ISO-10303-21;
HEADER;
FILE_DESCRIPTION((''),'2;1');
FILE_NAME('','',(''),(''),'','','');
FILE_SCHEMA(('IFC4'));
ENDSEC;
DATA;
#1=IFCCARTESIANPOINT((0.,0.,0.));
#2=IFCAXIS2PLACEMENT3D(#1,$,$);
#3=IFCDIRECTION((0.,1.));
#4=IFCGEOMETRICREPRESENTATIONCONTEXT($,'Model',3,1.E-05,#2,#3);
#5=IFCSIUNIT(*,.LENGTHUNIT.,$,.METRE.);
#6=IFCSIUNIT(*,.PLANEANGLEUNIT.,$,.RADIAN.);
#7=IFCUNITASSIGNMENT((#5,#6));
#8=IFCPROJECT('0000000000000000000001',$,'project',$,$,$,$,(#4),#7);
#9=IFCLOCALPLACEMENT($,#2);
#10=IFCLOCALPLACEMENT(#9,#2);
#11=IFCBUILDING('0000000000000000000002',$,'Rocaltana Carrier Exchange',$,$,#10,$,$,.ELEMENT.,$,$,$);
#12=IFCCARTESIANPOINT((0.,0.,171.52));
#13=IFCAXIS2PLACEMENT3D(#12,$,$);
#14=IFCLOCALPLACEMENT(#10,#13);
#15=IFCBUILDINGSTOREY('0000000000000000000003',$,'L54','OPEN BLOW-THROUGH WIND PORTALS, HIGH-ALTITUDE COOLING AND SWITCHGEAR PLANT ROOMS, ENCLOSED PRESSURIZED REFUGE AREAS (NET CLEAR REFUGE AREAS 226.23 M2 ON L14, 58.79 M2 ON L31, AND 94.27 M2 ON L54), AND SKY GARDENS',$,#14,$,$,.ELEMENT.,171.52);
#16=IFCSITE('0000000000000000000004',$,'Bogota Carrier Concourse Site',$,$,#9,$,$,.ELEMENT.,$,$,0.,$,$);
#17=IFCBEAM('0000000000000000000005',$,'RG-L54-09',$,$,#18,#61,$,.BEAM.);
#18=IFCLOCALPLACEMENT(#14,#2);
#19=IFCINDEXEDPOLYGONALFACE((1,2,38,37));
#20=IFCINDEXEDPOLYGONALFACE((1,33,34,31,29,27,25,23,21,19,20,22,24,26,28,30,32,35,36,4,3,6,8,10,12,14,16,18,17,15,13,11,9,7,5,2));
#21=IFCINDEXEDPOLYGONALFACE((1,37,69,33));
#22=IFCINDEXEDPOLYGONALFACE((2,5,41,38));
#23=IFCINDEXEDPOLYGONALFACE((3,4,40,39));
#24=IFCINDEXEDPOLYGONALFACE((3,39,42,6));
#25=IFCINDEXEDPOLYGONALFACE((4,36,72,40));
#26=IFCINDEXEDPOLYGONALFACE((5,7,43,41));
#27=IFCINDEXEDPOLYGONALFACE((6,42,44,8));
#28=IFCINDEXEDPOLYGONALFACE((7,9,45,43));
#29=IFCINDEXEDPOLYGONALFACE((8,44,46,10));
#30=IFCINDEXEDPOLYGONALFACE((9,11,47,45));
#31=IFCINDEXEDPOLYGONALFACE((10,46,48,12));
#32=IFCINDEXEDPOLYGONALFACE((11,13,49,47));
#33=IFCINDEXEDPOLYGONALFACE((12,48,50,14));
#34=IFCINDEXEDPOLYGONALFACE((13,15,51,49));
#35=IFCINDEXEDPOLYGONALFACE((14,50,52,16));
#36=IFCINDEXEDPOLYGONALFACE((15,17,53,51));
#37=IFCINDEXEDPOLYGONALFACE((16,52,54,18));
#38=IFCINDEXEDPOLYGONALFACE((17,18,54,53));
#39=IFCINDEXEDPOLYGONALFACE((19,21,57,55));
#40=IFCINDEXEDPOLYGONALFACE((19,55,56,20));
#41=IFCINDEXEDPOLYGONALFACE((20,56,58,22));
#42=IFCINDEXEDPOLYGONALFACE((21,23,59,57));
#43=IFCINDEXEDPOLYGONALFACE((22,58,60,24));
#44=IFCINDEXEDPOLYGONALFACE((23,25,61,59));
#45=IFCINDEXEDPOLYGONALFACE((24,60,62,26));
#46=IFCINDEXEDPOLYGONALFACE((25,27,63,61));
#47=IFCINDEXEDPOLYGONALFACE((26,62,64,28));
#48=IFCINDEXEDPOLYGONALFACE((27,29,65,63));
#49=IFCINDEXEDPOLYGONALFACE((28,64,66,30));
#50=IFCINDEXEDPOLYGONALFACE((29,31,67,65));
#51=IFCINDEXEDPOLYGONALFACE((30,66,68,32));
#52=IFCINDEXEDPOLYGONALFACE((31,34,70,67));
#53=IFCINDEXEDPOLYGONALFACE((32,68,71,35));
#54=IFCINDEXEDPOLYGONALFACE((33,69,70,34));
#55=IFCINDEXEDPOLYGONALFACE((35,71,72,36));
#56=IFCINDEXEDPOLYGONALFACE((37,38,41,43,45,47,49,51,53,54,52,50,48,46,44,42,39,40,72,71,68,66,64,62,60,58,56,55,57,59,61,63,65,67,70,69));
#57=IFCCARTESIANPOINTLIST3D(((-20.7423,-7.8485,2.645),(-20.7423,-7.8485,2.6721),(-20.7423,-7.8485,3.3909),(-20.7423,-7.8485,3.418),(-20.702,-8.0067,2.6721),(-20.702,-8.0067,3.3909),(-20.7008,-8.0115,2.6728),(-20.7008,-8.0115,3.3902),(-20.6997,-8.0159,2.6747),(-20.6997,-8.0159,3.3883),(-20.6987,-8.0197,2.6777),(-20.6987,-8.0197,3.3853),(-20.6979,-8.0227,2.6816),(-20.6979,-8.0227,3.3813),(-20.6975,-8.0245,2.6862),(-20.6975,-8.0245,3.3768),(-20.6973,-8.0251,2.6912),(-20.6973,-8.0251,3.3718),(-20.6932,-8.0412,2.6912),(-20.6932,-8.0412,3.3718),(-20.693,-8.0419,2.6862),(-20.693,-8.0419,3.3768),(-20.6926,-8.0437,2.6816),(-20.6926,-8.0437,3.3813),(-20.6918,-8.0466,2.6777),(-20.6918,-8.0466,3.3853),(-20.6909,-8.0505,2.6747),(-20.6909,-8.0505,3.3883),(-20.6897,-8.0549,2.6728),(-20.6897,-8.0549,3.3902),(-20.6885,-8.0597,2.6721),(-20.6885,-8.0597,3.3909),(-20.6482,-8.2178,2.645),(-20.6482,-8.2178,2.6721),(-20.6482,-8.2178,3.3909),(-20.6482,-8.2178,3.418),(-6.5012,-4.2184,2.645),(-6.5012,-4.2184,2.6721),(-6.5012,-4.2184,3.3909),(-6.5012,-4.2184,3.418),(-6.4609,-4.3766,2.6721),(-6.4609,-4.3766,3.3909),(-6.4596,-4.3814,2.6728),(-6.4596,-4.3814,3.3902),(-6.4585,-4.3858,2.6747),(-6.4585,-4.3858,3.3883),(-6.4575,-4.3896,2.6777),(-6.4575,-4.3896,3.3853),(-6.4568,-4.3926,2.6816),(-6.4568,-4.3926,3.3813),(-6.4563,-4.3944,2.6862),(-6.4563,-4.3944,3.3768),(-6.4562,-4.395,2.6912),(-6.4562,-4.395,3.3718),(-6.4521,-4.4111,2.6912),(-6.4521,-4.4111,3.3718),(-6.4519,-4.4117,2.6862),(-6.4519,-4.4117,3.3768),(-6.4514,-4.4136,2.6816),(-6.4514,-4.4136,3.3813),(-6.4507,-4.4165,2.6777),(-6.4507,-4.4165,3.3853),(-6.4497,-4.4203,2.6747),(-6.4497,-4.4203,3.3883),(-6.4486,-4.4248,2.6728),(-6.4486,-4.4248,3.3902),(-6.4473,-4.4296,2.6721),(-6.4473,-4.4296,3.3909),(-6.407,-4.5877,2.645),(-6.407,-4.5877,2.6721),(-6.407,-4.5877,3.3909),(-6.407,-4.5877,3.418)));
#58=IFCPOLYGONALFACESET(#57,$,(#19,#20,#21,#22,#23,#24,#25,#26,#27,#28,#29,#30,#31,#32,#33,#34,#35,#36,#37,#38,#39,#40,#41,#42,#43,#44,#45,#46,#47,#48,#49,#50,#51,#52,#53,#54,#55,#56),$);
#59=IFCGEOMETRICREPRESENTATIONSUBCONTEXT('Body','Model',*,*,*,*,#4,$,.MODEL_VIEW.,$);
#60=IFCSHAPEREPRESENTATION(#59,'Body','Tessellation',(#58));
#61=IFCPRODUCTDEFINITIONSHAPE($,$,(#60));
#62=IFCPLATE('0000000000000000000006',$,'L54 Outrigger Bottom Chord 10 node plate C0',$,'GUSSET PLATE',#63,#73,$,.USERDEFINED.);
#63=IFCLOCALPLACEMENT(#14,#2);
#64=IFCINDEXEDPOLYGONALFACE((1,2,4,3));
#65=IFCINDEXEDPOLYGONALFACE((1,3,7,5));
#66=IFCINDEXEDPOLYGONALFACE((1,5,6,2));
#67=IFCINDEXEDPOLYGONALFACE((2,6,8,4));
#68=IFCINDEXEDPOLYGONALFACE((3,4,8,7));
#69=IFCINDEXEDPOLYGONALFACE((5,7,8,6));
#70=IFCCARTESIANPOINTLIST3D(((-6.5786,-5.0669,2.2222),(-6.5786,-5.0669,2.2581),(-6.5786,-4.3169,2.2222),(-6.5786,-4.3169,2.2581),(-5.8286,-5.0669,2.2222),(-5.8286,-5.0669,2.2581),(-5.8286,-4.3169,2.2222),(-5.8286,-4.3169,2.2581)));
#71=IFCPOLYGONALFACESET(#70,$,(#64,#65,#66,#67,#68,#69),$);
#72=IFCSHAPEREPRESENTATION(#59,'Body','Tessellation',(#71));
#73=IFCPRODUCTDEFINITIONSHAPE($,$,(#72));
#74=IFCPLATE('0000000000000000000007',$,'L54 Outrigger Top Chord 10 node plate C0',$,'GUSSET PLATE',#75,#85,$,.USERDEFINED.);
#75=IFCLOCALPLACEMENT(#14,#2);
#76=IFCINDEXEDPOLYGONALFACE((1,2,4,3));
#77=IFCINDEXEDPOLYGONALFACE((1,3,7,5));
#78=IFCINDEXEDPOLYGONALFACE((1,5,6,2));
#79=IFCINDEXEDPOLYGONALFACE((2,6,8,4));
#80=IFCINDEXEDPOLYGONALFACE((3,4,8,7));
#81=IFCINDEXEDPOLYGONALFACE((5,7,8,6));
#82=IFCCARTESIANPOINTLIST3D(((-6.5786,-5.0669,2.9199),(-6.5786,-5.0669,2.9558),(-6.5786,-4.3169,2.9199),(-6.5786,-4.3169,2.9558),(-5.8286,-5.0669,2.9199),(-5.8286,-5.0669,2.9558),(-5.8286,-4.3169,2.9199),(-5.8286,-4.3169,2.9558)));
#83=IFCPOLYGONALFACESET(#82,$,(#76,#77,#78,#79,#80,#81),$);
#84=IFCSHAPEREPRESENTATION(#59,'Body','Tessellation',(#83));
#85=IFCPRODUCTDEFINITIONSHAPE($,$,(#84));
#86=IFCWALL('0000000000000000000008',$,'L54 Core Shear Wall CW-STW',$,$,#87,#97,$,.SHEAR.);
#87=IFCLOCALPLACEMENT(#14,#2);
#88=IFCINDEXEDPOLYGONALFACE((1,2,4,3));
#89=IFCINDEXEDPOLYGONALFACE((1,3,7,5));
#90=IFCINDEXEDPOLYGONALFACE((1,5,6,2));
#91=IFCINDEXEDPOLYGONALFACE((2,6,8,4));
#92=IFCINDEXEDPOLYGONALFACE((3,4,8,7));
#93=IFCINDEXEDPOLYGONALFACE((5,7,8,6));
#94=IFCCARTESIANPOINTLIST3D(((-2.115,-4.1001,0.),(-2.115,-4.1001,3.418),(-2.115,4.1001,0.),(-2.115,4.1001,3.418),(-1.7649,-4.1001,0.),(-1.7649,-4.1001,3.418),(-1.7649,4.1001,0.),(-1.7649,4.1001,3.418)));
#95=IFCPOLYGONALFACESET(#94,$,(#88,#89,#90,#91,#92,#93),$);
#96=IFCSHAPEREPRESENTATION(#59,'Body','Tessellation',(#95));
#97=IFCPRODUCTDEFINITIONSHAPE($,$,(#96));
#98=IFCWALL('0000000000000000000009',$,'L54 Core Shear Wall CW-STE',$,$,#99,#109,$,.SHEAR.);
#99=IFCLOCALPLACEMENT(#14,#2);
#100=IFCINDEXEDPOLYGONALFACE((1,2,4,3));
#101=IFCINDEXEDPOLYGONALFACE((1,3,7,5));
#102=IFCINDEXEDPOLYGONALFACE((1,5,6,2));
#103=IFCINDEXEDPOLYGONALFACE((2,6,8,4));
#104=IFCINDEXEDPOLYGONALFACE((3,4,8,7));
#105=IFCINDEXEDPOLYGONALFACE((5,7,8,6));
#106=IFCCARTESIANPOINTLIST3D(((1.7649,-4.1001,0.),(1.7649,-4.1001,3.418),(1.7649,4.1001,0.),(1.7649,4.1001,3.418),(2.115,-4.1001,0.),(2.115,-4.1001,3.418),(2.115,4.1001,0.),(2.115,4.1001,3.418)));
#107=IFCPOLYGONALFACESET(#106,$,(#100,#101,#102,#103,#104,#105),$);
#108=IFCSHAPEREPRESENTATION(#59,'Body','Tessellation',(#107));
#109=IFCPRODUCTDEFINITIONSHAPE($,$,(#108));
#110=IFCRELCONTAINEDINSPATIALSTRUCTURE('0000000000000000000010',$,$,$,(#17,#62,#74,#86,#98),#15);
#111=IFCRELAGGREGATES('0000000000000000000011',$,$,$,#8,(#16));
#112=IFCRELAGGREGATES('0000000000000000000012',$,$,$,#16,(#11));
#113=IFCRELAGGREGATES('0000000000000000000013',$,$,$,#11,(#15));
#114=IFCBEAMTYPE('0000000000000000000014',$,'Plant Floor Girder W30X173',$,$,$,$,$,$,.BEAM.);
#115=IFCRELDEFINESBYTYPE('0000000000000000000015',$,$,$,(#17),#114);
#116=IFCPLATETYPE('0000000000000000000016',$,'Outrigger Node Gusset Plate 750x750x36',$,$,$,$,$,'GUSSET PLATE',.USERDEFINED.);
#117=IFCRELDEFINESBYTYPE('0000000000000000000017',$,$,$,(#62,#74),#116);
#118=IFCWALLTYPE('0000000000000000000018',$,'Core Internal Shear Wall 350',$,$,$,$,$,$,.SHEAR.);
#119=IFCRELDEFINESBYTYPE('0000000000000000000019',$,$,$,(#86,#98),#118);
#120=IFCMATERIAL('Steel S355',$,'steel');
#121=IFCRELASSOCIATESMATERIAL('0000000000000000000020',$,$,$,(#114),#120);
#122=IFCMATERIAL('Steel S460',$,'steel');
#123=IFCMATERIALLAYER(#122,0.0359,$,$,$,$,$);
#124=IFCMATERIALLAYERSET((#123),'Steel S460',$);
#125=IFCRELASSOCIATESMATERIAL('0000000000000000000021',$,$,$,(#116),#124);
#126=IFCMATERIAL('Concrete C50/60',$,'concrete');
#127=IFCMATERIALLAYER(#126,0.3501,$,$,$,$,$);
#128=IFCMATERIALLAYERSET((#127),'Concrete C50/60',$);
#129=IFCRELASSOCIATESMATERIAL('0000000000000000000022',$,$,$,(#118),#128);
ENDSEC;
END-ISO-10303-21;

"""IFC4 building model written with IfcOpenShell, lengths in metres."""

from ifc_helpers import new_model, si_unit, direction, frame, frame_2d, origin, origin_2d, place, context, subcontext, project, spatial, rectangle, i_section, extrude, material, layer, layer_set, material_profile, profile_set, type_object, element, save


model = new_model("IFC4")

# Units and contexts
model_context = context("Model", 3, precision=1e-05, world=origin(), true_north=direction((0.0, 1.0)))
body_context = subcontext(model_context, "Body", "Model", "MODEL_VIEW")
ifc_project = project(units=[si_unit("LENGTHUNIT", "METRE"), si_unit("PLANEANGLEUNIT", "RADIAN")], contexts=[model_context])

# Site, building, storey
site_placement = place(None, origin())
site = spatial("IfcSite", under=ifc_project, at=site_placement, Name="Bogota Carrier Concourse Site", CompositionType="ELEMENT", RefElevation=0.0)
building_placement = place(site_placement, origin())
building = spatial("IfcBuilding", under=site, at=building_placement, Name="Rocaltana Carrier Exchange", CompositionType="ELEMENT")
storey_placement = place(building_placement, frame((0.0, 0.0, 171.52)))
storey = spatial("IfcBuildingStorey", under=building, at=storey_placement, Name="L54", Description="OPEN BLOW-THROUGH WIND PORTALS, HIGH-ALTITUDE COOLING AND SWITCHGEAR PLANT ROOMS, ENCLOSED PRESSURIZED REFUGE AREAS (NET CLEAR REFUGE AREAS 226.23 M2 ON L14, 58.79 M2 ON L31, AND 94.27 M2 ON L54), AND SKY GARDENS", CompositionType="ELEMENT", Elevation=171.52)

# Beam
ifc_material_1 = material(Name="Steel S355", Category="steel")
ifc_material_profile_1 = material_profile(ifc_material_1, i_section(OverallWidth=0.3811, OverallDepth=0.7729, WebThickness=0.0166, FlangeThickness=0.0271, FilletRadius=0.019, at=origin_2d()), Name="W30X173")
ifc_profile_set_1 = profile_set([ifc_material_profile_1], Name="Steel S355")
beam_type_1 = type_object("IfcBeamType", Name="Plant Floor Girder W30X173", PredefinedType="BEAM", material=ifc_profile_set_1)
beam_1_placement = place(storey_placement, frame((-6.4541, -4.4031, 3.0315), z_axis=(-0.969014, -0.247005, 0.0), x_axis=(0.247005, -0.969014, 0.0)))
element("IfcBeam", 1, at=beam_1_placement, inside=storey, type_object=beam_type_1, Name="RG-L54-09", PredefinedType="BEAM", context=body_context, shape_type="SweptSolid", body=[
    extrude(i_section(OverallWidth=0.3811, OverallDepth=0.7729, WebThickness=0.0166, FlangeThickness=0.0271, FilletRadius=0.019, at=origin_2d()), origin(), (0.0, 0.0, 1.0), 14.6965),
])

# Plates
ifc_material_2 = material(Name="Steel S460", Category="steel")
ifc_layer_1 = layer(ifc_material_2, 0.0359)
ifc_layer_set_1 = layer_set([ifc_layer_1], Name="Steel S460")
plate_type = type_object("IfcPlateType", Name="Outrigger Node Gusset Plate 750x750x36", ElementType="GUSSET PLATE", PredefinedType="USERDEFINED", material=ifc_layer_set_1)
for number, where, z_axis, x_axis, name in (
    (2, (-6.2036, -4.6919, 2.2222), (0.0, 0.0, 1.0), (1.0, 0.0, 0.0), "L54 Outrigger Bottom Chord 10 node plate C0"),
    (3, (-6.2036, -4.6919, 2.9199), (0.0, 0.0, 1.0), (1.0, 0.0, 0.0), "L54 Outrigger Top Chord 10 node plate C0"),
):
    element("IfcPlate", number, at=place(storey_placement, frame(where, z_axis=z_axis, x_axis=x_axis)), inside=storey, type_object=plate_type, Name=name, ObjectType="GUSSET PLATE", PredefinedType="USERDEFINED", context=body_context, shape_type="SweptSolid", body=[
        extrude(rectangle(XDim=0.75, YDim=0.75, at=origin_2d()), origin(), (0.0, 0.0, 1.0), 0.0359),
    ])

# Walls
ifc_material_3 = material(Name="Concrete C50/60", Category="concrete")
ifc_layer_2 = layer(ifc_material_3, 0.3501)
ifc_layer_set_2 = layer_set([ifc_layer_2], Name="Concrete C50/60")
wall_type_1 = type_object("IfcWallType", Name="Core Internal Shear Wall 350", PredefinedType="SHEAR", material=ifc_layer_set_2)
for number, where, z_axis, x_axis, name in (
    (4, (-1.9399, -4.1001, 0.0), (0.0, 0.0, 1.0), (0.0, 1.0, 0.0), "L54 Core Shear Wall CW-STW"),
    (5, (1.9399, -4.1001, 0.0), (0.0, 0.0, 1.0), (0.0, 1.0, 0.0), "L54 Core Shear Wall CW-STE"),
):
    element("IfcWall", number, at=place(storey_placement, frame(where, z_axis=z_axis, x_axis=x_axis)), inside=storey, type_object=wall_type_1, Name=name, PredefinedType="SHEAR", context=body_context, shape_type="SweptSolid", body=[
        extrude(rectangle(XDim=8.2002, YDim=0.3501, at=frame_2d((4.1001, 0.0))), origin(), (0.0, 0.0, 1.0), 3.418),
    ])

save(model, "model.ifc")
